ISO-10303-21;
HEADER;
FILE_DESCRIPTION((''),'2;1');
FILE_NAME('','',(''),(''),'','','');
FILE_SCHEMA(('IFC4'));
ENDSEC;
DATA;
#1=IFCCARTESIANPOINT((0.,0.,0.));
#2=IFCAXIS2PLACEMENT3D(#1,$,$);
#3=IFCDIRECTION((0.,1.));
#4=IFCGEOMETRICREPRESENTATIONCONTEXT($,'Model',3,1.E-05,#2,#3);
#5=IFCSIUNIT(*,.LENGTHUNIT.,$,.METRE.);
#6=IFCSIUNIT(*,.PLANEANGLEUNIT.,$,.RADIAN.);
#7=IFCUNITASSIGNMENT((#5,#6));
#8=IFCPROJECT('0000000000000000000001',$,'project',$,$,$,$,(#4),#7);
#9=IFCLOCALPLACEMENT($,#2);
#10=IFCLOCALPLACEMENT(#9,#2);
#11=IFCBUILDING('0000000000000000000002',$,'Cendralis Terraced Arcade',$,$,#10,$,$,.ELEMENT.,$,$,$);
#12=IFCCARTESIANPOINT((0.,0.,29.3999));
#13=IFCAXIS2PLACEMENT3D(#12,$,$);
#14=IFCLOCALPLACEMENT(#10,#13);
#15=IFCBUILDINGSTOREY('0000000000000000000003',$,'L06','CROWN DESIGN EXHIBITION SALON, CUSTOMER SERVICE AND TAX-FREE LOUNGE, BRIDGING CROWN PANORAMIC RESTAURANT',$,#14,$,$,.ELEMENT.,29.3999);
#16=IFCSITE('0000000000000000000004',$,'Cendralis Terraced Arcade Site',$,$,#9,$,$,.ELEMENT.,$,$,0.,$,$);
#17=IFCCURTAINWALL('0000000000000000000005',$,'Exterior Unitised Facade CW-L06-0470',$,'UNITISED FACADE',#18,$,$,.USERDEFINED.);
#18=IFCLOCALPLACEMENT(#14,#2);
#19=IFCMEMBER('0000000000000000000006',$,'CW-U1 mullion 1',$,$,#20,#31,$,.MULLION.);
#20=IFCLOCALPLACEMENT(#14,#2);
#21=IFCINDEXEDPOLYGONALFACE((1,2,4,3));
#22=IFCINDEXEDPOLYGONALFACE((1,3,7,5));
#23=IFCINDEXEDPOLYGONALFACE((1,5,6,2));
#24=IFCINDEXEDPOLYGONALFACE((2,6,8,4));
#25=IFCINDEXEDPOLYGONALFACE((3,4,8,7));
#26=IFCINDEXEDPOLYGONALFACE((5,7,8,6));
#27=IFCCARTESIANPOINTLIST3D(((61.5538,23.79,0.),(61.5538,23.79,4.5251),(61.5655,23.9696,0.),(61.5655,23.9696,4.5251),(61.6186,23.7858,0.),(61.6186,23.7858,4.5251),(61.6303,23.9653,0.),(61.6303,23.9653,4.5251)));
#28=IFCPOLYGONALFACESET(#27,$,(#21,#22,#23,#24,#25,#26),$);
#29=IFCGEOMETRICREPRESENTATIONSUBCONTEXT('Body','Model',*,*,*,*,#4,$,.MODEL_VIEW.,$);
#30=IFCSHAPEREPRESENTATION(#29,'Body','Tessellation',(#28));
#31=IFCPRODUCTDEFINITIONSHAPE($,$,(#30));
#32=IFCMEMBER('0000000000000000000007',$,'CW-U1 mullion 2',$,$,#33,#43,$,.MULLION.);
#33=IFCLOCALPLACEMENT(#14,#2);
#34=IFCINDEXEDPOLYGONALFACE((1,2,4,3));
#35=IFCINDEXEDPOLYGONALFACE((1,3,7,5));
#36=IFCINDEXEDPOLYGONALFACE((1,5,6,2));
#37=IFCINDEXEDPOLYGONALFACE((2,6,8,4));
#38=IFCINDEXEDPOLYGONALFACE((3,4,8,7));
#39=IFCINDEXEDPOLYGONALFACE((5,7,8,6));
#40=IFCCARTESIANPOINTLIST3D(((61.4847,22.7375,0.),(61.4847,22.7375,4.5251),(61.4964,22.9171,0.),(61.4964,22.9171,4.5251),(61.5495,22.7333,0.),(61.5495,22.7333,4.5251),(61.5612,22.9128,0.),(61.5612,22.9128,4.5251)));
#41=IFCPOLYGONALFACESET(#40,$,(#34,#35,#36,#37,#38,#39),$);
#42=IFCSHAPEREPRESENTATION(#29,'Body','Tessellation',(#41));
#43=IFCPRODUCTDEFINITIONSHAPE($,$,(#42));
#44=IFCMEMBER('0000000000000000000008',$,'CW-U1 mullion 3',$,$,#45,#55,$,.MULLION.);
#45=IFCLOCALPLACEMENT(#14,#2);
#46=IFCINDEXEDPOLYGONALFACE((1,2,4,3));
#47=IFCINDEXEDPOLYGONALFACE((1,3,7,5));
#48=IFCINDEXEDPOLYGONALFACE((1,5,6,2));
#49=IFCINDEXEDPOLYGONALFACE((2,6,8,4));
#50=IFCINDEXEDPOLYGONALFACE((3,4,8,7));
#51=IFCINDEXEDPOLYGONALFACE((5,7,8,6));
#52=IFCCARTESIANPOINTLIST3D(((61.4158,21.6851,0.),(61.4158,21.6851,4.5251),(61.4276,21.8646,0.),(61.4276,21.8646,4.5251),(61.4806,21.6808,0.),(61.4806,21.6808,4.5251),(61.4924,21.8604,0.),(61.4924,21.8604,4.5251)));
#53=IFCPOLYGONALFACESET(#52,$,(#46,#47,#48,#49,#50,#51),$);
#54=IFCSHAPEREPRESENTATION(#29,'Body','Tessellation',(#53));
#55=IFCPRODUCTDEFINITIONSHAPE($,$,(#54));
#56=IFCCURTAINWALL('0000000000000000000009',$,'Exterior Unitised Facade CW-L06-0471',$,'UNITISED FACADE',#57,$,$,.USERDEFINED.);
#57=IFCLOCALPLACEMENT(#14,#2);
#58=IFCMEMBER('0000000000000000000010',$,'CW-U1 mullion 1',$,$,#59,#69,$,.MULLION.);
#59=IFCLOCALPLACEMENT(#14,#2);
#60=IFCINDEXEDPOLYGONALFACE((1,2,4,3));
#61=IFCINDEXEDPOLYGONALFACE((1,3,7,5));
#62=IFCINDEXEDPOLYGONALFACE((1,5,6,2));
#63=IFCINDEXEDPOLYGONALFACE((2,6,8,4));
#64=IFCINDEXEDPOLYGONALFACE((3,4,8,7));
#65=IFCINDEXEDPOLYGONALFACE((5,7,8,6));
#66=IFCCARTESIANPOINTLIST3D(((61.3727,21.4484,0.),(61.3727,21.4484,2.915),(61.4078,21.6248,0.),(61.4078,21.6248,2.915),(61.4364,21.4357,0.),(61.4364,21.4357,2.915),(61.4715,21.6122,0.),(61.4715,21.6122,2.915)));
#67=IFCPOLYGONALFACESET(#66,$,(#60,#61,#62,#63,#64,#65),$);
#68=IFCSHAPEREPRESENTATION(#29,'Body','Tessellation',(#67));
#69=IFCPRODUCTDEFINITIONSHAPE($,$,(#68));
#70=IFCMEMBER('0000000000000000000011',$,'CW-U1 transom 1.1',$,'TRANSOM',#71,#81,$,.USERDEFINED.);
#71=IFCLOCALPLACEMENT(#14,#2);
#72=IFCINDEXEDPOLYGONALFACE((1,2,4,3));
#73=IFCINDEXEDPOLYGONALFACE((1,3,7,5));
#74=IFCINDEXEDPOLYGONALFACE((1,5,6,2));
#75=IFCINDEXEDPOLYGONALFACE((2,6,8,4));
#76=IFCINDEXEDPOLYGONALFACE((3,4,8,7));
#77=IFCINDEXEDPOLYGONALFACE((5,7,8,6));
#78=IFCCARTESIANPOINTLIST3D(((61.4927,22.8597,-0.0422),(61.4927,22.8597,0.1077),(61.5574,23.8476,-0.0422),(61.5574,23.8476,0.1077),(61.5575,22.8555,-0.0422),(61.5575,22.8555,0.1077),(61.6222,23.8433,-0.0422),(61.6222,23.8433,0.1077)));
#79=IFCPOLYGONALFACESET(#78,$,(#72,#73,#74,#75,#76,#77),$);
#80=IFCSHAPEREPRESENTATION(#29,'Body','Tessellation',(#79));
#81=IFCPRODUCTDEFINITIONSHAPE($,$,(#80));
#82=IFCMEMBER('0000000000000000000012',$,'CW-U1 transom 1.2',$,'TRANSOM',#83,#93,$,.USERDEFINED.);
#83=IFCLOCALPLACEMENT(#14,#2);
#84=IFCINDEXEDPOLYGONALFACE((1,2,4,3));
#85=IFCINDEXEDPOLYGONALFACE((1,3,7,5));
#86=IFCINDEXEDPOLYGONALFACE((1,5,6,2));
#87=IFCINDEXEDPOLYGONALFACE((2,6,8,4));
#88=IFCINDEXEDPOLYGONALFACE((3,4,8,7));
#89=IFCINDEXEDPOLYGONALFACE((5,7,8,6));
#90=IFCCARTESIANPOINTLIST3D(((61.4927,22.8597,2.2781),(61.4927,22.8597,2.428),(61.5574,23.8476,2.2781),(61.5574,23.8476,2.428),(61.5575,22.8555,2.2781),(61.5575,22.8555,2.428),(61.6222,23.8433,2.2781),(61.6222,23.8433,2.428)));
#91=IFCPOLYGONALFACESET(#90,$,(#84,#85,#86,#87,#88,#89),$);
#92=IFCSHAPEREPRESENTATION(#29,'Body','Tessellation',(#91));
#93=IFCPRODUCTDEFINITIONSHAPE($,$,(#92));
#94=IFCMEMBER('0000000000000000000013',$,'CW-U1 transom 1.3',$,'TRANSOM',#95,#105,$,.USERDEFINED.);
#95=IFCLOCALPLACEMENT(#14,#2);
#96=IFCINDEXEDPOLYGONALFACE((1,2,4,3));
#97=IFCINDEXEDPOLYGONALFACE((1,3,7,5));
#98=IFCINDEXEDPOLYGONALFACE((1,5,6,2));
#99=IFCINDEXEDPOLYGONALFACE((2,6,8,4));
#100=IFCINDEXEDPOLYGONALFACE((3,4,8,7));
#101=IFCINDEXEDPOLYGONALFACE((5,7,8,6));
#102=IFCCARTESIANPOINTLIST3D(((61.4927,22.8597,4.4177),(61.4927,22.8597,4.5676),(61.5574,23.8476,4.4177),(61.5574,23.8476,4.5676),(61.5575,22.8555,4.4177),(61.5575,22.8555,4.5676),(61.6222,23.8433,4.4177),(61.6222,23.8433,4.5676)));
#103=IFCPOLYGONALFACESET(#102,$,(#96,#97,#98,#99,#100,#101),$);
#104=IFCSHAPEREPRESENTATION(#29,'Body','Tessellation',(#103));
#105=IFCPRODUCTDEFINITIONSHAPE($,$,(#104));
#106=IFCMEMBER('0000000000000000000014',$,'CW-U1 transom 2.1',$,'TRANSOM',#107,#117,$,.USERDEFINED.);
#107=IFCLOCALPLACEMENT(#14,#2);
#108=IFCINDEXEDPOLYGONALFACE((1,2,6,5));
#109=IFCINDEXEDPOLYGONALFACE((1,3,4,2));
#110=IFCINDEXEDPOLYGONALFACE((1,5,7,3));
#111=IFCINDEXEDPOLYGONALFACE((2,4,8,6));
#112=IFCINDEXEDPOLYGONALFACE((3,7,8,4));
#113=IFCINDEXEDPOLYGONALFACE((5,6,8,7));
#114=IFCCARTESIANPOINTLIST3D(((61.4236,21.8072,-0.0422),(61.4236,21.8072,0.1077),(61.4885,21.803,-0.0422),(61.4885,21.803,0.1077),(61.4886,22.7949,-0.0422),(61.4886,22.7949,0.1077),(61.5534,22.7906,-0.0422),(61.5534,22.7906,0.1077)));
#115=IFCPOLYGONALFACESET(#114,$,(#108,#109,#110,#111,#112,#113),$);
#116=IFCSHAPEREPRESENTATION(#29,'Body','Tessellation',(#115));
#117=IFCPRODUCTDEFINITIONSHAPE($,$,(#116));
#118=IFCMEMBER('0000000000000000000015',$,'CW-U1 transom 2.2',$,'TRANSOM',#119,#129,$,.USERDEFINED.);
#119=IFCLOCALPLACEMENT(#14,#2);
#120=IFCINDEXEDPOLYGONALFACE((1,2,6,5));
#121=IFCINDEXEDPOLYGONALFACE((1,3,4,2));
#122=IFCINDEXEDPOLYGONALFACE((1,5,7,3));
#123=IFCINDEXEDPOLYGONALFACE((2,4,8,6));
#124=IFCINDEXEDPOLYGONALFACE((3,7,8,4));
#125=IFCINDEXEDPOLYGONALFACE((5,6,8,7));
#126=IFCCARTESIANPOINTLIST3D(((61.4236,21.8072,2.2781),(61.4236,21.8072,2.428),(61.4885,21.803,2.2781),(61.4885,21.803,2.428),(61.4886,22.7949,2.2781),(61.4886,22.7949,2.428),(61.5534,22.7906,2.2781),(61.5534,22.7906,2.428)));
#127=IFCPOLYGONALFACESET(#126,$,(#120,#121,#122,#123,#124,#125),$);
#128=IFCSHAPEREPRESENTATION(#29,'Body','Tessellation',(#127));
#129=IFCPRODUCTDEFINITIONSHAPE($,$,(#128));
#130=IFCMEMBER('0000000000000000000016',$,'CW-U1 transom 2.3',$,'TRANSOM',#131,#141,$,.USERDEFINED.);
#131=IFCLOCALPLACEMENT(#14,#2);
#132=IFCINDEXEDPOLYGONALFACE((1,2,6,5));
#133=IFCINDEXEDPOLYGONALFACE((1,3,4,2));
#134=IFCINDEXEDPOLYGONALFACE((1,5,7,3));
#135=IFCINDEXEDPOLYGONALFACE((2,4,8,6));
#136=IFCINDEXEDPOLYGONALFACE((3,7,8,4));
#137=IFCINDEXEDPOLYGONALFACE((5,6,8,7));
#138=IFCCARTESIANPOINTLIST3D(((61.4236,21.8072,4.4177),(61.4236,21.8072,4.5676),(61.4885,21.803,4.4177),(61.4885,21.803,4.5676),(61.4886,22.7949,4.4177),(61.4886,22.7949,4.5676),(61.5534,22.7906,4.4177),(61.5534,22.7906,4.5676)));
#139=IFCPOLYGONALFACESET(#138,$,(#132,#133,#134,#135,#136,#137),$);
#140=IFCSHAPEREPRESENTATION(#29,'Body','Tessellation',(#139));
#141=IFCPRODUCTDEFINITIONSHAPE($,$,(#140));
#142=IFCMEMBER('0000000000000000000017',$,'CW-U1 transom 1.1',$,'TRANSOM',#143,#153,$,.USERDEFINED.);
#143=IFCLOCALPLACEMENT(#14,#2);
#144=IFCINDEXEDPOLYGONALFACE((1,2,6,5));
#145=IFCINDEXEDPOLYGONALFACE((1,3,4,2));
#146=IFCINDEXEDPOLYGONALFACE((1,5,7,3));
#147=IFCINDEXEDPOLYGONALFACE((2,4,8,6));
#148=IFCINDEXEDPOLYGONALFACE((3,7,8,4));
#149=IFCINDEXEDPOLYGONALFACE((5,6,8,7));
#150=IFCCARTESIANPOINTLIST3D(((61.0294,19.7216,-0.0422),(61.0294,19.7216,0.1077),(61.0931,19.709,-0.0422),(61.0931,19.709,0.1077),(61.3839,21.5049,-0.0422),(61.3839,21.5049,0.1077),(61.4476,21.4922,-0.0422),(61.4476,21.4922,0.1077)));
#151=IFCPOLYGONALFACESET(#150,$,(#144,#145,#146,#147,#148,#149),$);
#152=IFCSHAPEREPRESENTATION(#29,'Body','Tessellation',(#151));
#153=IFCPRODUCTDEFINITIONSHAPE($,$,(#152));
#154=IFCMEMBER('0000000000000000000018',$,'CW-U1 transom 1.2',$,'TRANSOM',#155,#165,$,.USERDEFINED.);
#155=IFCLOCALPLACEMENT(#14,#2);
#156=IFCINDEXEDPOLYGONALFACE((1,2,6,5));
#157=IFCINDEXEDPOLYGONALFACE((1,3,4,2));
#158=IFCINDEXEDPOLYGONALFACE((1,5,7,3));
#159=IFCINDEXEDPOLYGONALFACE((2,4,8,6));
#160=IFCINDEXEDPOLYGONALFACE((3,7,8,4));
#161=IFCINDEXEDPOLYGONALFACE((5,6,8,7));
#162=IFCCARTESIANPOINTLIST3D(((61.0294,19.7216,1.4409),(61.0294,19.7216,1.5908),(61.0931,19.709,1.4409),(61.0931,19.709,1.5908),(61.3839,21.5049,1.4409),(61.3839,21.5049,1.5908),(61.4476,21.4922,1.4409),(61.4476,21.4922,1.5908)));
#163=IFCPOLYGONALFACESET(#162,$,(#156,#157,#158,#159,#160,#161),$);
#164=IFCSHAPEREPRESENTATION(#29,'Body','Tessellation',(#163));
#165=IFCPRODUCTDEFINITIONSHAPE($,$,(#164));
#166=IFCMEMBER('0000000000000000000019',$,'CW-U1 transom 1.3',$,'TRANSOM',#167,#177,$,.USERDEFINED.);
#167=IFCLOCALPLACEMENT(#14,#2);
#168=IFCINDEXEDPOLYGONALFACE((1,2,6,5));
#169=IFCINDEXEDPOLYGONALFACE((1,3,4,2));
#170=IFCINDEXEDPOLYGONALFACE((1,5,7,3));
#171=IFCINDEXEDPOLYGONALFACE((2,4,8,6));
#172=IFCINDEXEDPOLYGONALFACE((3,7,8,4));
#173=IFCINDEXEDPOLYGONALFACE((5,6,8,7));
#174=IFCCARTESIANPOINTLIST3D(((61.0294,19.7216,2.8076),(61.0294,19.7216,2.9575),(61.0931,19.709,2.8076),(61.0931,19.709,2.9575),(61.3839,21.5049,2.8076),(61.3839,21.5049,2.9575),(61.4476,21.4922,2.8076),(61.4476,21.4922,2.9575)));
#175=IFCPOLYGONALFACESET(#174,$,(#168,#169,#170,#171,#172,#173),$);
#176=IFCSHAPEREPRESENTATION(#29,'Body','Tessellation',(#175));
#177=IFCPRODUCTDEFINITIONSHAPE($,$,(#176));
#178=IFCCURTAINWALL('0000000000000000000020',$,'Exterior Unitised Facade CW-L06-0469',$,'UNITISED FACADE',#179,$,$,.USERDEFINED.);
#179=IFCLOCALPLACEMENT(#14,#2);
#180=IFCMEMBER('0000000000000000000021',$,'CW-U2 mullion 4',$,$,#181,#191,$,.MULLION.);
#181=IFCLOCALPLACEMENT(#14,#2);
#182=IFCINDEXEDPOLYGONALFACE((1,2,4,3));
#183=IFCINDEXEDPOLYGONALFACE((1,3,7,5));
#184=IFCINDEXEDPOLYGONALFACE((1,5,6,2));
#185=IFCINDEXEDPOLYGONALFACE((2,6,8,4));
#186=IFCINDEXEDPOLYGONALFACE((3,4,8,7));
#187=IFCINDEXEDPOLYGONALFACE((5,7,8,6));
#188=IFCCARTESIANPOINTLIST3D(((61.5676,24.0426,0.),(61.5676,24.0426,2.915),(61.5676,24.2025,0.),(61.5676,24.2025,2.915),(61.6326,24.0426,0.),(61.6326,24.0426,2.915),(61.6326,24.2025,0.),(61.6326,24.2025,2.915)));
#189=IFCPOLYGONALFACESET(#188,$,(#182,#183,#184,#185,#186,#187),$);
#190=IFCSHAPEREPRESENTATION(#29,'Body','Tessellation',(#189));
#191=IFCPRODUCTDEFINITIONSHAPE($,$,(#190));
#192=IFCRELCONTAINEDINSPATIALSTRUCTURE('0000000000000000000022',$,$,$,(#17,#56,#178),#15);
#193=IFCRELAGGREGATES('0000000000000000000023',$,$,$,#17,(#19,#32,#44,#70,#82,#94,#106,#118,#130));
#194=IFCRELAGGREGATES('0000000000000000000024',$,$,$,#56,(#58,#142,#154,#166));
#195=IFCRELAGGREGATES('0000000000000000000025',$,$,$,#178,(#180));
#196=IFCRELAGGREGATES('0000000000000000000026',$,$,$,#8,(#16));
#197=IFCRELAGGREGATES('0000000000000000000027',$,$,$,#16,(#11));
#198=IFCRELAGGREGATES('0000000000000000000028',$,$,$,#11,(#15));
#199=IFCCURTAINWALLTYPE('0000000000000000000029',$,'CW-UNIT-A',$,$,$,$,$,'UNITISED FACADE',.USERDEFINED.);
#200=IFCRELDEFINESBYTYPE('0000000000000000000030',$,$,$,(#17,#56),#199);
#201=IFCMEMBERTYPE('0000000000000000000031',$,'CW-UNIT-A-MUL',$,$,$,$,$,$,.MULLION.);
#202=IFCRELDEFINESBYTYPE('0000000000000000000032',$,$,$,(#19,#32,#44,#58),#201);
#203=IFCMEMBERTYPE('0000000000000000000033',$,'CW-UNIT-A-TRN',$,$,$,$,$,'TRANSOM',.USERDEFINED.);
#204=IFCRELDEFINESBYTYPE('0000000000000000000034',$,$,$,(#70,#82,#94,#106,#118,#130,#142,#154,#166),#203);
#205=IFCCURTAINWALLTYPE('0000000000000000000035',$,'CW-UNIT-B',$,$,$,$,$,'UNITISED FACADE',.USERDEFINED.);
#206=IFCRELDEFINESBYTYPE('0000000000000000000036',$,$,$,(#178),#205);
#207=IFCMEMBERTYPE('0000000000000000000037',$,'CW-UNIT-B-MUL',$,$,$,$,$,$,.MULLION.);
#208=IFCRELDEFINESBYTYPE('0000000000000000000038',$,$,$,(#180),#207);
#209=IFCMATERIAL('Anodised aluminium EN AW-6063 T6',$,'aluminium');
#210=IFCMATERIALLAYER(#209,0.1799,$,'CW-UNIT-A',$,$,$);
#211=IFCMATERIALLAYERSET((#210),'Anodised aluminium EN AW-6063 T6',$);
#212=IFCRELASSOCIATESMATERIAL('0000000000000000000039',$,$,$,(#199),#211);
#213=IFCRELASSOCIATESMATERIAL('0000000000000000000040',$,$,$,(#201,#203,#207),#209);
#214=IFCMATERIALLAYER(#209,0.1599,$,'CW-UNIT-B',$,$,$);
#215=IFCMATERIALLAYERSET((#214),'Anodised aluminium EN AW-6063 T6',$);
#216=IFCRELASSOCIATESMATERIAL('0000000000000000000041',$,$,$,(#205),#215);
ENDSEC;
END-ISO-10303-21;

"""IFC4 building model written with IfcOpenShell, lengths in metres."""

from ifc_helpers import new_model, si_unit, direction, frame, origin, origin_2d, place, context, subcontext, project, spatial, rectangle, extrude, material, layer, layer_set, material_profile, profile_set, type_object, element, aggregate, save


model = new_model("IFC4")

# Units and contexts
model_context = context("Model", 3, precision=1e-05, world=origin(), true_north=direction((0.0, 1.0)))
body_context = subcontext(model_context, "Body", "Model", "MODEL_VIEW")
ifc_project = project(units=[si_unit("LENGTHUNIT", "METRE"), si_unit("PLANEANGLEUNIT", "RADIAN")], contexts=[model_context])

# Site, building, storey
site_placement = place(None, origin())
site = spatial("IfcSite", under=ifc_project, at=site_placement, Name="Cendralis Terraced Arcade Site", CompositionType="ELEMENT", RefElevation=0.0)
building_placement = place(site_placement, origin())
building = spatial("IfcBuilding", under=site, at=building_placement, Name="Cendralis Terraced Arcade", CompositionType="ELEMENT")
storey_placement = place(building_placement, frame((0.0, 0.0, 29.3999)))
storey = spatial("IfcBuildingStorey", under=building, at=storey_placement, Name="L06", Description="CROWN DESIGN EXHIBITION SALON, CUSTOMER SERVICE AND TAX-FREE LOUNGE, BRIDGING CROWN PANORAMIC RESTAURANT", CompositionType="ELEMENT", Elevation=29.3999)

# Curtain wall, members
ifc_material_1 = material(Name="Anodised aluminium EN AW-6063 T6", Category="aluminium")
ifc_layer_1 = layer(ifc_material_1, 0.1799, Name="CW-UNIT-A")
ifc_layer_set_1 = layer_set([ifc_layer_1], Name="Anodised aluminium EN AW-6063 T6")
curtain_wall_type_1 = type_object("IfcCurtainWallType", Name="CW-UNIT-A", ElementType="UNITISED FACADE", PredefinedType="USERDEFINED", material=ifc_layer_set_1)
curtain_wall_1_placement = place(storey_placement, origin())
curtain_wall_1 = element("IfcCurtainWall", 1, at=curtain_wall_1_placement, inside=storey, type_object=curtain_wall_type_1, Name="Exterior Unitised Facade CW-L06-0470", ObjectType="UNITISED FACADE", PredefinedType="USERDEFINED")
ifc_material_profile_1 = material_profile(ifc_material_1, rectangle(XDim=0.0649, YDim=0.1799, at=origin_2d()), Name="ALU-MUL-65x180")
ifc_profile_set_1 = profile_set([ifc_material_profile_1], Name="Anodised aluminium EN AW-6063 T6")
member_type_1 = type_object("IfcMemberType", Name="CW-UNIT-A-MUL", PredefinedType="MULLION", material=ifc_profile_set_1)
member_1_placement = place(storey_placement, frame((61.592, 23.8777, 0.0), z_axis=(0.0, 0.0, 1.0), x_axis=(0.99786, -0.065393, 0.0)))
member_1 = element("IfcMember", 2, at=member_1_placement, type_object=member_type_1, Name="CW-U1 mullion 1", PredefinedType="MULLION", context=body_context, shape_type="SweptSolid", body=[
    extrude(rectangle(XDim=0.0649, YDim=0.1799, at=origin_2d()), origin(), (0.0, 0.0, 1.0), 4.5251),
])
member_2_placement = place(storey_placement, frame((61.5229, 22.8252, 0.0), z_axis=(0.0, 0.0, 1.0), x_axis=(0.99786, -0.065393, 0.0)))
member_2 = element("IfcMember", 3, at=member_2_placement, type_object=member_type_1, Name="CW-U1 mullion 2", PredefinedType="MULLION", context=body_context, shape_type="SweptSolid", body=[
    extrude(rectangle(XDim=0.0649, YDim=0.1799, at=origin_2d()), origin(), (0.0, 0.0, 1.0), 4.5251),
])
member_3_placement = place(storey_placement, frame((61.4541, 21.7727, 0.0), z_axis=(0.0, 0.0, 1.0), x_axis=(0.99786, -0.065393, 0.0)))
member_3 = element("IfcMember", 4, at=member_3_placement, type_object=member_type_1, Name="CW-U1 mullion 3", PredefinedType="MULLION", context=body_context, shape_type="SweptSolid", body=[
    extrude(rectangle(XDim=0.0649, YDim=0.1799, at=origin_2d()), origin(), (0.0, 0.0, 1.0), 4.5251),
])

# Curtain wall, member
curtain_wall_2_placement = place(storey_placement, origin())
curtain_wall_2 = element("IfcCurtainWall", 5, at=curtain_wall_2_placement, inside=storey, type_object=curtain_wall_type_1, Name="Exterior Unitised Facade CW-L06-0471", ObjectType="UNITISED FACADE", PredefinedType="USERDEFINED")
member_4_placement = place(storey_placement, frame((61.4221, 21.5303, 0.0), z_axis=(0.0, 0.0, 1.0), x_axis=(0.980799, -0.19502, 0.0)))
member_4 = element("IfcMember", 6, at=member_4_placement, type_object=member_type_1, Name="CW-U1 mullion 1", PredefinedType="MULLION", context=body_context, shape_type="SweptSolid", body=[
    extrude(rectangle(XDim=0.0649, YDim=0.1799, at=origin_2d()), origin(), (0.0, 0.0, 1.0), 2.915),
])

# Members
ifc_material_profile_2 = material_profile(ifc_material_1, rectangle(XDim=0.0649, YDim=0.1499, at=origin_2d()), Name="ALU-TRN-65x150")
ifc_profile_set_2 = profile_set([ifc_material_profile_2], Name="Anodised aluminium EN AW-6063 T6")
member_type_2 = type_object("IfcMemberType", Name="CW-UNIT-A-TRN", ElementType="TRANSOM", PredefinedType="USERDEFINED", material=ifc_profile_set_2)
member_5_placement = place(storey_placement, frame((61.5898, 23.8455, 0.0327), z_axis=(-0.065357, -0.997862, 0.0), x_axis=(0.997862, -0.065357, 0.0)))
member_5 = element("IfcMember", 7, at=member_5_placement, type_object=member_type_2, Name="CW-U1 transom 1.1", ObjectType="TRANSOM", PredefinedType="USERDEFINED", context=body_context, shape_type="SweptSolid", body=[
    extrude(rectangle(XDim=0.0649, YDim=0.1499, at=origin_2d()), origin(), (0.0, 0.0, 1.0), 0.99),
])
member_6_placement = place(storey_placement, frame((61.5898, 23.8455, 2.353), z_axis=(-0.065357, -0.997862, 0.0), x_axis=(0.997862, -0.065357, 0.0)))
member_6 = element("IfcMember", 8, at=member_6_placement, type_object=member_type_2, Name="CW-U1 transom 1.2", ObjectType="TRANSOM", PredefinedType="USERDEFINED", context=body_context, shape_type="SweptSolid", body=[
    extrude(rectangle(XDim=0.0649, YDim=0.1499, at=origin_2d()), origin(), (0.0, 0.0, 1.0), 0.99),
])
member_7_placement = place(storey_placement, frame((61.5898, 23.8455, 4.4927), z_axis=(-0.065357, -0.997862, 0.0), x_axis=(0.997862, -0.065357, 0.0)))
member_7 = element("IfcMember", 9, at=member_7_placement, type_object=member_type_2, Name="CW-U1 transom 1.3", ObjectType="TRANSOM", PredefinedType="USERDEFINED", context=body_context, shape_type="SweptSolid", body=[
    extrude(rectangle(XDim=0.0649, YDim=0.1499, at=origin_2d()), origin(), (0.0, 0.0, 1.0), 0.99),
])
member_8_placement = place(storey_placement, frame((61.521, 22.7927, 0.0327), z_axis=(-0.065618, -0.997845, 0.0), x_axis=(0.997845, -0.065618, 0.0)))
member_8 = element("IfcMember", 10, at=member_8_placement, type_object=member_type_2, Name="CW-U1 transom 2.1", ObjectType="TRANSOM", PredefinedType="USERDEFINED", context=body_context, shape_type="SweptSolid", body=[
    extrude(rectangle(XDim=0.0649, YDim=0.1499, at=origin_2d()), origin(), (0.0, 0.0, 1.0), 0.9897),
])
member_9_placement = place(storey_placement, frame((61.521, 22.7927, 2.353), z_axis=(-0.065618, -0.997845, 0.0), x_axis=(0.997845, -0.065618, 0.0)))
member_9 = element("IfcMember", 11, at=member_9_placement, type_object=member_type_2, Name="CW-U1 transom 2.2", ObjectType="TRANSOM", PredefinedType="USERDEFINED", context=body_context, shape_type="SweptSolid", body=[
    extrude(rectangle(XDim=0.0649, YDim=0.1499, at=origin_2d()), origin(), (0.0, 0.0, 1.0), 0.9897),
])
member_10_placement = place(storey_placement, frame((61.521, 22.7927, 4.4927), z_axis=(-0.065618, -0.997845, 0.0), x_axis=(0.997845, -0.065618, 0.0)))
member_10 = element("IfcMember", 12, at=member_10_placement, type_object=member_type_2, Name="CW-U1 transom 2.3", ObjectType="TRANSOM", PredefinedType="USERDEFINED", context=body_context, shape_type="SweptSolid", body=[
    extrude(rectangle(XDim=0.0649, YDim=0.1499, at=origin_2d()), origin(), (0.0, 0.0, 1.0), 0.9897),
])
member_11_placement = place(storey_placement, frame((61.4158, 21.4985, 0.0327), z_axis=(-0.19498, -0.980807, 0.0), x_axis=(0.980807, -0.19498, 0.0)))
member_11 = element("IfcMember", 13, at=member_11_placement, type_object=member_type_2, Name="CW-U1 transom 1.1", ObjectType="TRANSOM", PredefinedType="USERDEFINED", context=body_context, shape_type="SweptSolid", body=[
    extrude(rectangle(XDim=0.0649, YDim=0.1499, at=origin_2d()), origin(), (0.0, 0.0, 1.0), 1.8181),
])
member_12_placement = place(storey_placement, frame((61.4158, 21.4985, 1.5159), z_axis=(-0.19498, -0.980807, 0.0), x_axis=(0.980807, -0.19498, 0.0)))
member_12 = element("IfcMember", 14, at=member_12_placement, type_object=member_type_2, Name="CW-U1 transom 1.2", ObjectType="TRANSOM", PredefinedType="USERDEFINED", context=body_context, shape_type="SweptSolid", body=[
    extrude(rectangle(XDim=0.0649, YDim=0.1499, at=origin_2d()), origin(), (0.0, 0.0, 1.0), 1.8181),
])
member_13_placement = place(storey_placement, frame((61.4158, 21.4985, 2.8826), z_axis=(-0.19498, -0.980807, 0.0), x_axis=(0.980807, -0.19498, 0.0)))
member_13 = element("IfcMember", 15, at=member_13_placement, type_object=member_type_2, Name="CW-U1 transom 1.3", ObjectType="TRANSOM", PredefinedType="USERDEFINED", context=body_context, shape_type="SweptSolid", body=[
    extrude(rectangle(XDim=0.0649, YDim=0.1499, at=origin_2d()), origin(), (0.0, 0.0, 1.0), 1.8181),
])

# Curtain wall, member
ifc_layer_2 = layer(ifc_material_1, 0.1599, Name="CW-UNIT-B")
ifc_layer_set_2 = layer_set([ifc_layer_2], Name="Anodised aluminium EN AW-6063 T6")
curtain_wall_type_2 = type_object("IfcCurtainWallType", Name="CW-UNIT-B", ElementType="UNITISED FACADE", PredefinedType="USERDEFINED", material=ifc_layer_set_2)
curtain_wall_3_placement = place(storey_placement, origin())
curtain_wall_3 = element("IfcCurtainWall", 16, at=curtain_wall_3_placement, inside=storey, type_object=curtain_wall_type_2, Name="Exterior Unitised Facade CW-L06-0469", ObjectType="UNITISED FACADE", PredefinedType="USERDEFINED")
ifc_material_profile_3 = material_profile(ifc_material_1, rectangle(XDim=0.0649, YDim=0.1599, at=origin_2d()), Name="ALU-MUL-65x160")
ifc_profile_set_3 = profile_set([ifc_material_profile_3], Name="Anodised aluminium EN AW-6063 T6")
member_type_3 = type_object("IfcMemberType", Name="CW-UNIT-B-MUL", PredefinedType="MULLION", material=ifc_profile_set_3)
member_14_placement = place(storey_placement, frame((61.6001, 24.1226, 0.0), z_axis=(0.0, 0.0, 1.0), x_axis=(1.0, 0.0, 0.0)))
member_14 = element("IfcMember", 17, at=member_14_placement, type_object=member_type_3, Name="CW-U2 mullion 4", PredefinedType="MULLION", context=body_context, shape_type="SweptSolid", body=[
    extrude(rectangle(XDim=0.0649, YDim=0.1599, at=origin_2d()), origin(), (0.0, 0.0, 1.0), 2.915),
])

aggregate(curtain_wall_1, [member_1, member_2, member_3, member_5, member_6, member_7, member_8, member_9, member_10])
aggregate(curtain_wall_2, [member_4, member_11, member_12, member_13])
aggregate(curtain_wall_3, [member_14])

save(model, "model.ifc")
